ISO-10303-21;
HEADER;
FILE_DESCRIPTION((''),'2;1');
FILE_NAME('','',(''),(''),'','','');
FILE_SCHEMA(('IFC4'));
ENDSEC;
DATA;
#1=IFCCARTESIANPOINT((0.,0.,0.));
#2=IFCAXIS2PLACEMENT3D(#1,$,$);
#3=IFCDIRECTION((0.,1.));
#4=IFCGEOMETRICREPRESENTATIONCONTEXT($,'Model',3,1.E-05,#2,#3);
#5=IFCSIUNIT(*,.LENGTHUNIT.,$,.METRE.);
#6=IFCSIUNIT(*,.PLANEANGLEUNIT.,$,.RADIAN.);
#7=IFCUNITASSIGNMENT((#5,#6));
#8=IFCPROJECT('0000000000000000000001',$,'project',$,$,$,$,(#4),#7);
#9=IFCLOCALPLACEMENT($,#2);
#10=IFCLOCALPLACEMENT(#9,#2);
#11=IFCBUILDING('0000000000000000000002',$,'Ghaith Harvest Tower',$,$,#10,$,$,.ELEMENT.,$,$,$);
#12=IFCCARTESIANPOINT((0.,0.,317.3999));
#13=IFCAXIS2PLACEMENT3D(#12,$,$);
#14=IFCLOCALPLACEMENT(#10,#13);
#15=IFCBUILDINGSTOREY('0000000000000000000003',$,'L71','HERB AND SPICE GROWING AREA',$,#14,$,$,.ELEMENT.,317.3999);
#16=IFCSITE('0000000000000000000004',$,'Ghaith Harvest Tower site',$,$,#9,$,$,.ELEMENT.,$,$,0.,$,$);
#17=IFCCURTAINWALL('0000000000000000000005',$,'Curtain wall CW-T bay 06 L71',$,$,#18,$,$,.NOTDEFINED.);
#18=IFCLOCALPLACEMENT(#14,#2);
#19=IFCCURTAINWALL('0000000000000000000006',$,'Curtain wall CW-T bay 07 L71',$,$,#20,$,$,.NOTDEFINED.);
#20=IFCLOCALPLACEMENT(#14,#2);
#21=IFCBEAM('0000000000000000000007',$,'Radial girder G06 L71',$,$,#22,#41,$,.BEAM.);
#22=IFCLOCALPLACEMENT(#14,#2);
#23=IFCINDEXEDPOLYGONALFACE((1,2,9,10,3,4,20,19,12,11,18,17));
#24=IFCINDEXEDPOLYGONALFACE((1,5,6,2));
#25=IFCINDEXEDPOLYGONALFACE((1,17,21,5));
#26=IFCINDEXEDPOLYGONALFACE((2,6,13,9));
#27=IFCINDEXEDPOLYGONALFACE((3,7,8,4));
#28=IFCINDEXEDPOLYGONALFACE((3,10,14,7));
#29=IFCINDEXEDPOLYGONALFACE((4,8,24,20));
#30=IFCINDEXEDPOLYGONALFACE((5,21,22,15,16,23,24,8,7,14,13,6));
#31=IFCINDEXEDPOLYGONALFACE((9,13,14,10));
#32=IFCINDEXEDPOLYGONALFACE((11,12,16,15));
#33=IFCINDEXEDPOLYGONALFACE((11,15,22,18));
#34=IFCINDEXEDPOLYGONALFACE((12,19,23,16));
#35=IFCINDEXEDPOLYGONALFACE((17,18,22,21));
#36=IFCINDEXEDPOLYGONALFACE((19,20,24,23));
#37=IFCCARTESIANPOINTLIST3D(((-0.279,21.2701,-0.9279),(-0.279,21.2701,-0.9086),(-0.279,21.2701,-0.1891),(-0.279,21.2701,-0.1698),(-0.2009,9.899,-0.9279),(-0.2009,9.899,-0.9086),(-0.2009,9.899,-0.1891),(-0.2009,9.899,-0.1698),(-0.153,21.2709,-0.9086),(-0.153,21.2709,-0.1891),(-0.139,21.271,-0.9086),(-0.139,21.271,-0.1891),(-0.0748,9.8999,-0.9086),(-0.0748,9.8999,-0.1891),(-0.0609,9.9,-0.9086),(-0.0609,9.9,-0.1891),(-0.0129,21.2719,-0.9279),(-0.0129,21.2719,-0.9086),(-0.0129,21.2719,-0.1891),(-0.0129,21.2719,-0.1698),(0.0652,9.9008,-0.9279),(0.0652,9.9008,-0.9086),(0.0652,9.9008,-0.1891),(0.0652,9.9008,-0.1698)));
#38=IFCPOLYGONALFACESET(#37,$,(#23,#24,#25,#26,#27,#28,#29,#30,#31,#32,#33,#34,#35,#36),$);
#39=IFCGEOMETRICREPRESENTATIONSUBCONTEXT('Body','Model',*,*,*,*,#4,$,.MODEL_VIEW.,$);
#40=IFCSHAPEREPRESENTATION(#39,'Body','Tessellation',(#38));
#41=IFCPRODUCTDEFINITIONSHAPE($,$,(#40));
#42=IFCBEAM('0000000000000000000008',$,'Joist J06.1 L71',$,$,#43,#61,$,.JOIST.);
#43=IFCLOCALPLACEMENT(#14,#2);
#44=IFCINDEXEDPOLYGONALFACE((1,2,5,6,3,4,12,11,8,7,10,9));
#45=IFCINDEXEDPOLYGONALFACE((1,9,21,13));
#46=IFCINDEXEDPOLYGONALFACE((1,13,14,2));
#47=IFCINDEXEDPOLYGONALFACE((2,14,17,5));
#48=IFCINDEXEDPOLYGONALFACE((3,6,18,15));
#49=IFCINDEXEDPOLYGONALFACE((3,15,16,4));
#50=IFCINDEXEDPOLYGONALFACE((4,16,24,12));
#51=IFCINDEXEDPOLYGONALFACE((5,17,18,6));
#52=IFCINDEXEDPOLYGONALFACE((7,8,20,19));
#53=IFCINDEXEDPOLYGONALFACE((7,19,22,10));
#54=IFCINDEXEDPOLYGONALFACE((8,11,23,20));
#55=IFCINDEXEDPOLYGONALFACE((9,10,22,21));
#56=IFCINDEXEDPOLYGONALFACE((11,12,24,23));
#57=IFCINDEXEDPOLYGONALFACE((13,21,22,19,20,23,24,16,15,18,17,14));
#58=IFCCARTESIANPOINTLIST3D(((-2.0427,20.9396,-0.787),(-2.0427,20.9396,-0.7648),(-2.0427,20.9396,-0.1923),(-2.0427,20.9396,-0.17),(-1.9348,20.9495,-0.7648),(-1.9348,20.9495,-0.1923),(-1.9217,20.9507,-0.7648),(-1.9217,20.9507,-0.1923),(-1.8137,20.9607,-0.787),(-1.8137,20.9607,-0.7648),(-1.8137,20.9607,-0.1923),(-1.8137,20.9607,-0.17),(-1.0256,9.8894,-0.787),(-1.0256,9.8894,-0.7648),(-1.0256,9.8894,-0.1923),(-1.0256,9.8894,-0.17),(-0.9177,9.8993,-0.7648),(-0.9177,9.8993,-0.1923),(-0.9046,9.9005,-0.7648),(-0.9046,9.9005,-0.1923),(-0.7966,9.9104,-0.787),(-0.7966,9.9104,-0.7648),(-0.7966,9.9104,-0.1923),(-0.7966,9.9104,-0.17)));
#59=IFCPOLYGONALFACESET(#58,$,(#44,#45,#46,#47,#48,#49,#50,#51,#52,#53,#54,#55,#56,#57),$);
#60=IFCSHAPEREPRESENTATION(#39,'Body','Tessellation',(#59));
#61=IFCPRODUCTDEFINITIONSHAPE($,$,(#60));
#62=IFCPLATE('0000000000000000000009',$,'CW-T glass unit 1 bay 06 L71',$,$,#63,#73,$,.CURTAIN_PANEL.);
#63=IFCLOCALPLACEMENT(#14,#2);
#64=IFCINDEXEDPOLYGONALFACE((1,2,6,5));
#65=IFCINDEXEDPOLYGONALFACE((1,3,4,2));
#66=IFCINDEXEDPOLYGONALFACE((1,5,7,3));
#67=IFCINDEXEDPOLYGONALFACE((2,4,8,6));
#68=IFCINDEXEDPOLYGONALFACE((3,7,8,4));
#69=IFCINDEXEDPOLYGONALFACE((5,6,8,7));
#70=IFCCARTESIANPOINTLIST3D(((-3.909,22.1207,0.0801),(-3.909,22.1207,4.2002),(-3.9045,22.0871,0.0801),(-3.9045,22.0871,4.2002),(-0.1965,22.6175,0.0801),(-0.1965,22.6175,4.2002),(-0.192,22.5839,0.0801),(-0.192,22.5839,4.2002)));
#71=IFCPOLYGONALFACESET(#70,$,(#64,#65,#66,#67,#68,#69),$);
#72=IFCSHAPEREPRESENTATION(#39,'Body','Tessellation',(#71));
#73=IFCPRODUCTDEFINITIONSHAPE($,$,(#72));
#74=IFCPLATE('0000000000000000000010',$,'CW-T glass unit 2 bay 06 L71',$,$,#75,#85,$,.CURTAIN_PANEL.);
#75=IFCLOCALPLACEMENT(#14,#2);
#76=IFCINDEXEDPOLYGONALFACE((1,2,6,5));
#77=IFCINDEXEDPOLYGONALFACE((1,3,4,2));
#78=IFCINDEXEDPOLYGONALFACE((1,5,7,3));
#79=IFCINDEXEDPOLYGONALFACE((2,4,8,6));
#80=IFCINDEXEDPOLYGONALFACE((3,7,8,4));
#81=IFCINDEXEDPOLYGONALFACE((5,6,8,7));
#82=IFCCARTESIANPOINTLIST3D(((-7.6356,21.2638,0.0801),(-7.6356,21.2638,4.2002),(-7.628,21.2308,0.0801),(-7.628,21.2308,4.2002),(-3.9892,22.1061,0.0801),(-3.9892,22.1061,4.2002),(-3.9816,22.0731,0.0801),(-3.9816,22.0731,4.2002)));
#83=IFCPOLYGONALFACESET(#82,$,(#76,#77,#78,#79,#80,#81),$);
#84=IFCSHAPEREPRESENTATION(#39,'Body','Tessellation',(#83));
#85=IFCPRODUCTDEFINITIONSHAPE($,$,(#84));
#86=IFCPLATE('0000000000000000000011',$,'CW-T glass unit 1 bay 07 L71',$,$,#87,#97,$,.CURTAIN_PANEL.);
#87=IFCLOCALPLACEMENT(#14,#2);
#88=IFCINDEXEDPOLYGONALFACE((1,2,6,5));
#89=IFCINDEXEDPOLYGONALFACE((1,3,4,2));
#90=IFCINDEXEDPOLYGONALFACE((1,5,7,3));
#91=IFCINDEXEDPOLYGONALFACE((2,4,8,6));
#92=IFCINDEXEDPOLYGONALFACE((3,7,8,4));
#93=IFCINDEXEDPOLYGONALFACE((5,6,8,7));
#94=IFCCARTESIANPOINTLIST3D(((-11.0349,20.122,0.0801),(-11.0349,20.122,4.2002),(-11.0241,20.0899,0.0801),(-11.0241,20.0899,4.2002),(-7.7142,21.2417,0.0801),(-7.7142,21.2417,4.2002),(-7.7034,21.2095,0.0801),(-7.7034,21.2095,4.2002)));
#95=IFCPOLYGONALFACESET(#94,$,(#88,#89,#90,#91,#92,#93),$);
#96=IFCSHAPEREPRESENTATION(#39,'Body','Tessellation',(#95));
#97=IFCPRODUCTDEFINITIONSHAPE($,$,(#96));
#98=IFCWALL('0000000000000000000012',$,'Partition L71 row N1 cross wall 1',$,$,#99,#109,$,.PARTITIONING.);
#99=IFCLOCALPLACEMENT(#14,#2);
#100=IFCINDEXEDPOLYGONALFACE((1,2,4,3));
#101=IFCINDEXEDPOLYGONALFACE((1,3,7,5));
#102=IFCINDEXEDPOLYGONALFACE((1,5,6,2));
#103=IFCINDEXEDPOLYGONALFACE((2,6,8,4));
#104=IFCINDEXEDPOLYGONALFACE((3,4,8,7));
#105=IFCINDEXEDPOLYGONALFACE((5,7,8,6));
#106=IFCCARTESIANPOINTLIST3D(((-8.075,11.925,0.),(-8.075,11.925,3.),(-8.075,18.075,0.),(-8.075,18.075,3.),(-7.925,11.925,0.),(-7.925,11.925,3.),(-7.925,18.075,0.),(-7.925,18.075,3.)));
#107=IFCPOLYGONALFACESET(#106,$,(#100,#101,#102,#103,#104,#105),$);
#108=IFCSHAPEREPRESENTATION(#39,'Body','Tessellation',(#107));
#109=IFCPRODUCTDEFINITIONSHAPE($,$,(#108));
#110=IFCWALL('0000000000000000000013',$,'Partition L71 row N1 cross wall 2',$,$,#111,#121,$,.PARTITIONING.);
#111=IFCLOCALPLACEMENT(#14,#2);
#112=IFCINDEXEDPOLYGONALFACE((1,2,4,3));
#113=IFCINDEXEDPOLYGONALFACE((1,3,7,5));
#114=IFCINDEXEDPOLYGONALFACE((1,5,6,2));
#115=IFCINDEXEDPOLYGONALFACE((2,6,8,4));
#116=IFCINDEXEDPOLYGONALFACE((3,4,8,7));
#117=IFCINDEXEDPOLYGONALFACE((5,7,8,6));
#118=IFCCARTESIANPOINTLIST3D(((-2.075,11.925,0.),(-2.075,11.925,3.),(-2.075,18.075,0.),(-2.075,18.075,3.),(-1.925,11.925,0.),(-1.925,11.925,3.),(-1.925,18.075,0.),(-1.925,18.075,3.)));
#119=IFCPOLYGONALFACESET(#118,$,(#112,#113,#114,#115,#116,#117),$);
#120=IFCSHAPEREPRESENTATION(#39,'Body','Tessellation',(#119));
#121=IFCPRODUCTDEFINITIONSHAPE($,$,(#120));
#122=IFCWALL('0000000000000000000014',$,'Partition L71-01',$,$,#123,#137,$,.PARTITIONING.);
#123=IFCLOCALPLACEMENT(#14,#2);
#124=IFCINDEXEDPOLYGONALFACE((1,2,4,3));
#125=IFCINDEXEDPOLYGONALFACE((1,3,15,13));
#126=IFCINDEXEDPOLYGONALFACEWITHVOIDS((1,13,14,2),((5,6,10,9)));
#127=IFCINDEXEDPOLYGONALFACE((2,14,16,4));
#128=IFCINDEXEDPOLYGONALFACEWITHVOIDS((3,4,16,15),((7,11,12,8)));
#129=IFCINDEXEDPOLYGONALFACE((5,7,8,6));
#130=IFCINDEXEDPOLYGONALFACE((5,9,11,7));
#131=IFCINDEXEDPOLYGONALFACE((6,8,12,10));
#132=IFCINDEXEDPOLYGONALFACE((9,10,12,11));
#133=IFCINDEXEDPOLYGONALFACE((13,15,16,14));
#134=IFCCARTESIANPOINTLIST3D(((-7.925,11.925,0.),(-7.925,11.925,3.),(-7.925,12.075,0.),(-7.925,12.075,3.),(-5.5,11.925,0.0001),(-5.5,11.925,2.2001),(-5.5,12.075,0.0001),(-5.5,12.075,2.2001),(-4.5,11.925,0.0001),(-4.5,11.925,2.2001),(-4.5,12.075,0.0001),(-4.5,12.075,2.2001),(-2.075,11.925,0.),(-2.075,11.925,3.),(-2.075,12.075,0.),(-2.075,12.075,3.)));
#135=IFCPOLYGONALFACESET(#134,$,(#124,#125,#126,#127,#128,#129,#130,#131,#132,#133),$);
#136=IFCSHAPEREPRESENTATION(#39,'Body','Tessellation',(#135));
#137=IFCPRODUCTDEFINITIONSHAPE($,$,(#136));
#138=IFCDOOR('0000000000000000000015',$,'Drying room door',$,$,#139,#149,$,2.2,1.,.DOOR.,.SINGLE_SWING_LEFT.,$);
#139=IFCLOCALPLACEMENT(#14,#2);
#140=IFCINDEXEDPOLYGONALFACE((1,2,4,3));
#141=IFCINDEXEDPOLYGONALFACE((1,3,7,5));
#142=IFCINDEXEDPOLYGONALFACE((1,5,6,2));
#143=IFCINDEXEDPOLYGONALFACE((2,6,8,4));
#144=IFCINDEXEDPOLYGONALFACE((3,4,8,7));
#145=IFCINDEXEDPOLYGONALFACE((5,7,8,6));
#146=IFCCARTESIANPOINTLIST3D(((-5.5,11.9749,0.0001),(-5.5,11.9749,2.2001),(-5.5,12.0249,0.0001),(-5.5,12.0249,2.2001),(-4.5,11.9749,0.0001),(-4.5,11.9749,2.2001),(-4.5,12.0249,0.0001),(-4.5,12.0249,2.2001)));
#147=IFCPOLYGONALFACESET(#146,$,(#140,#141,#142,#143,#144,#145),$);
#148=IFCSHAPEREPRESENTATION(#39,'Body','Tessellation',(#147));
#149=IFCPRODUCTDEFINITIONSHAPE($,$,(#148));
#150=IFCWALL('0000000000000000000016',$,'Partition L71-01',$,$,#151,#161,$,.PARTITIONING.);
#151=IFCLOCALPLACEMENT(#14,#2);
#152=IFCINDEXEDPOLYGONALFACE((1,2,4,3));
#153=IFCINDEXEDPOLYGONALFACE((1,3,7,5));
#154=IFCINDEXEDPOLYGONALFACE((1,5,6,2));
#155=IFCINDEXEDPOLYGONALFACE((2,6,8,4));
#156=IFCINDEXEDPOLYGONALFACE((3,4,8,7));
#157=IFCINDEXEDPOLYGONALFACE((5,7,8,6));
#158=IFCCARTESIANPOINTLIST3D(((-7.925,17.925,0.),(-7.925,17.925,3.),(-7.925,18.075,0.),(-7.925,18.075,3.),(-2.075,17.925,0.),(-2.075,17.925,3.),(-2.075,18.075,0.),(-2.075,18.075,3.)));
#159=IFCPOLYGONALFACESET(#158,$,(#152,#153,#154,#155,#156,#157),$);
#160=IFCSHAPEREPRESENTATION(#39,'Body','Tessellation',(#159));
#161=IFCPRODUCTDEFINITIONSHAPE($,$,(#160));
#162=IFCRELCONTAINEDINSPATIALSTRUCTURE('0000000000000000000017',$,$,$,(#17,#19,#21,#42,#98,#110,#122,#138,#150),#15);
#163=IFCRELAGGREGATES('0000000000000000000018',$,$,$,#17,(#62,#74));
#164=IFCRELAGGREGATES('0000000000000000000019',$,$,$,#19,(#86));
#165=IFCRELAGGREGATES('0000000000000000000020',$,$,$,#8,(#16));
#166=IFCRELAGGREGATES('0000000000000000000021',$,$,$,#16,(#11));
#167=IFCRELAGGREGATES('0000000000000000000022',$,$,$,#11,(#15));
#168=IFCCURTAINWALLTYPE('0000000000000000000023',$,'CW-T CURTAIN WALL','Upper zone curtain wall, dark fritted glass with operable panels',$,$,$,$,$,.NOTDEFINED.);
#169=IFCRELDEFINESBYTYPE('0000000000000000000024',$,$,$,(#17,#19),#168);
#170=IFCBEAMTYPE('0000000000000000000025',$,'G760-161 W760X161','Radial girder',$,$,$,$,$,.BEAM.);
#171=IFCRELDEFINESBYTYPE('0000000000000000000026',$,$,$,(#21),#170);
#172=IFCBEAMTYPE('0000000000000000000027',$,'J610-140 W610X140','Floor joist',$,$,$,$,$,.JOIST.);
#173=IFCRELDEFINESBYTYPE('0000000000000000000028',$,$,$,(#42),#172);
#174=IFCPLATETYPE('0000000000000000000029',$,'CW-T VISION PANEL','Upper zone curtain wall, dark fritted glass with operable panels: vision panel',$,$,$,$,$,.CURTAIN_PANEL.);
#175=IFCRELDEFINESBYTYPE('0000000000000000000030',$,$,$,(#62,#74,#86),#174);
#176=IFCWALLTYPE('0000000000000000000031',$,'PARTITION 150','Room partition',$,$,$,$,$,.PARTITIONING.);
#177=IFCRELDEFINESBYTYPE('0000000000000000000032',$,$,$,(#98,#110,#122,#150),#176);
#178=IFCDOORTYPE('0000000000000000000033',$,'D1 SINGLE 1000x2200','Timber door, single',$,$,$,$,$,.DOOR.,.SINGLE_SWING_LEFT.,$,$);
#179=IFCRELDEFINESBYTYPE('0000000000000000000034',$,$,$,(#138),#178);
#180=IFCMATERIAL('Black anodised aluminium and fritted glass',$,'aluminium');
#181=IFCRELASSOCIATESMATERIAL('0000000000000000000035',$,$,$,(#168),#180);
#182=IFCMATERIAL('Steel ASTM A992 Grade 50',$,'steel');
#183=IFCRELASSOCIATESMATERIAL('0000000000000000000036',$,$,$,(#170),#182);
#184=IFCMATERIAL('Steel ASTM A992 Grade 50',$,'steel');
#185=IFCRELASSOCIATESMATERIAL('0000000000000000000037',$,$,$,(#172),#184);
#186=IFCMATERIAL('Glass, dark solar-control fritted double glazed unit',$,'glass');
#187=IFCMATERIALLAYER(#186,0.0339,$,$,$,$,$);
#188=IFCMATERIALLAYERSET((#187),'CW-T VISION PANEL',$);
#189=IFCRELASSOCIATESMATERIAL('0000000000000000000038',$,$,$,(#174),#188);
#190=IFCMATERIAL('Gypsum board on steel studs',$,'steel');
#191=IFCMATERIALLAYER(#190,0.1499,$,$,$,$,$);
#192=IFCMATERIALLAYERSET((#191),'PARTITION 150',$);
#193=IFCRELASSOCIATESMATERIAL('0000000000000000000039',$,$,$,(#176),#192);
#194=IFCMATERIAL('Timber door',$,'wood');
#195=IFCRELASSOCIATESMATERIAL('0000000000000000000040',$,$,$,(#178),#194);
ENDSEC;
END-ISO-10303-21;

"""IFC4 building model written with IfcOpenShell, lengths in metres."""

from ifc_helpers import new_model, si_unit, direction, frame, frame_2d, origin, origin_2d, place, context, subcontext, project, spatial, rectangle, i_section, extrude, material, layer, layer_set, material_profile, profile_set, type_object, element, fill, aggregate, save


model = new_model("IFC4")

# Units and contexts
model_context = context("Model", 3, precision=1e-05, world=origin(), true_north=direction((0.0, 1.0)))
body_context = subcontext(model_context, "Body", "Model", "MODEL_VIEW")
ifc_project = project(units=[si_unit("LENGTHUNIT", "METRE"), si_unit("PLANEANGLEUNIT", "RADIAN")], contexts=[model_context])

# Site, building, storey
site_placement = place(None, origin())
site = spatial("IfcSite", under=ifc_project, at=site_placement, Name="Ghaith Harvest Tower site", CompositionType="ELEMENT", RefElevation=0.0)
building_placement = place(site_placement, origin())
building = spatial("IfcBuilding", under=site, at=building_placement, Name="Ghaith Harvest Tower", CompositionType="ELEMENT")
storey_placement = place(building_placement, frame((0.0, 0.0, 317.3999)))
storey = spatial("IfcBuildingStorey", under=building, at=storey_placement, Name="L71", Description="HERB AND SPICE GROWING AREA", CompositionType="ELEMENT", Elevation=317.3999)

# Curtain walls
ifc_material_1 = material(Name="Black anodised aluminium and fritted glass", Category="aluminium")
curtain_wall_type = type_object("IfcCurtainWallType", Name="CW-T CURTAIN WALL", Description="Upper zone curtain wall, dark fritted glass with operable panels", PredefinedType="NOTDEFINED", material=ifc_material_1)
curtain_wall_1_placement = place(storey_placement, origin())
curtain_wall_1 = element("IfcCurtainWall", 1, at=curtain_wall_1_placement, inside=storey, type_object=curtain_wall_type, Name="Curtain wall CW-T bay 06 L71", PredefinedType="NOTDEFINED")
curtain_wall_2_placement = place(storey_placement, origin())
curtain_wall_2 = element("IfcCurtainWall", 2, at=curtain_wall_2_placement, inside=storey, type_object=curtain_wall_type, Name="Curtain wall CW-T bay 07 L71", PredefinedType="NOTDEFINED")

# Beams
ifc_material_2 = material(Name="Steel ASTM A992 Grade 50", Category="steel")
ifc_material_profile_1 = material_profile(ifc_material_2, i_section(OverallWidth=0.2661, OverallDepth=0.7581, WebThickness=0.0139, FlangeThickness=0.0193, at=origin_2d()), Name="W760X161")
ifc_profile_set_1 = profile_set([ifc_material_profile_1], Name="Steel ASTM A992 Grade 50")
beam_type_1 = type_object("IfcBeamType", Name="G760-161 W760X161", Description="Radial girder", PredefinedType="BEAM", material=ifc_profile_set_1)
beam_1_placement = place(storey_placement, frame((-0.0679, 9.8999, -0.5488), z_axis=(-0.00687, 0.999976, 0.0), x_axis=(-0.999976, -0.00687, 0.0)))
element("IfcBeam", 3, at=beam_1_placement, inside=storey, type_object=beam_type_1, Name="Radial girder G06 L71", PredefinedType="BEAM", context=body_context, shape_type="SweptSolid", body=[
    extrude(i_section(OverallWidth=0.2661, OverallDepth=0.7581, WebThickness=0.0139, FlangeThickness=0.0193, at=origin_2d()), origin(), (0.0, 0.0, 1.0), 11.3713),
])
ifc_material_3 = material(Name="Steel ASTM A992 Grade 50", Category="steel")
ifc_material_profile_2 = material_profile(ifc_material_3, i_section(OverallWidth=0.23, OverallDepth=0.6169, WebThickness=0.0132, FlangeThickness=0.0222, at=origin_2d()), Name="W610X140")
ifc_profile_set_2 = profile_set([ifc_material_profile_2], Name="Steel ASTM A992 Grade 50")
beam_type_2 = type_object("IfcBeamType", Name="J610-140 W610X140", Description="Floor joist", PredefinedType="JOIST", material=ifc_profile_set_2)
beam_2_placement = place(storey_placement, frame((-0.9111, 9.8999, -0.4785), z_axis=(-0.091654, 0.995791, 0.0), x_axis=(-0.995791, -0.091654, 0.0)))
element("IfcBeam", 4, at=beam_2_placement, inside=storey, type_object=beam_type_2, Name="Joist J06.1 L71", PredefinedType="JOIST", context=body_context, shape_type="SweptSolid", body=[
    extrude(i_section(OverallWidth=0.23, OverallDepth=0.6169, WebThickness=0.0132, FlangeThickness=0.0222, at=origin_2d()), origin(), (0.0, 0.0, 1.0), 11.0969),
])

# Plates
ifc_material_4 = material(Name="Glass, dark solar-control fritted double glazed unit", Category="glass")
ifc_layer_1 = layer(ifc_material_4, 0.0339)
ifc_layer_set_1 = layer_set([ifc_layer_1], Name="CW-T VISION PANEL")
plate_type = type_object("IfcPlateType", Name="CW-T VISION PANEL", Description="Upper zone curtain wall, dark fritted glass with operable panels: vision panel", PredefinedType="CURTAIN_PANEL", material=ifc_layer_set_1)
plate_1_placement = place(storey_placement, frame((-2.0505, 22.3523, 0.0801), z_axis=(0.0, 0.0, 1.0), x_axis=(-0.991165, -0.132633, 0.0)))
plate_1 = element("IfcPlate", 5, at=plate_1_placement, type_object=plate_type, Name="CW-T glass unit 1 bay 06 L71", PredefinedType="CURTAIN_PANEL", context=body_context, shape_type="SweptSolid", body=[
    extrude(rectangle(XDim=3.7456, YDim=0.0339, at=origin_2d()), origin(), (0.0, 0.0, 1.0), 4.1201),
])
plate_2_placement = place(storey_placement, frame((-5.8086, 21.6685, 0.0801), z_axis=(0.0, 0.0, 1.0), x_axis=(-0.974342, -0.225072, 0.0)))
plate_2 = element("IfcPlate", 6, at=plate_2_placement, type_object=plate_type, Name="CW-T glass unit 2 bay 06 L71", PredefinedType="CURTAIN_PANEL", context=body_context, shape_type="SweptSolid", body=[
    extrude(rectangle(XDim=3.7424, YDim=0.0339, at=origin_2d()), origin(), (0.0, 0.0, 1.0), 4.1201),
])
aggregate(curtain_wall_1, [plate_1, plate_2])
plate_3_placement = place(storey_placement, frame((-9.3691, 20.6658, 0.0801), z_axis=(0.0, 0.0, 1.0), x_axis=(-0.947586, -0.3195, 0.0)))
plate_3 = element("IfcPlate", 7, at=plate_3_placement, type_object=plate_type, Name="CW-T glass unit 1 bay 07 L71", PredefinedType="CURTAIN_PANEL", context=body_context, shape_type="SweptSolid", body=[
    extrude(rectangle(XDim=3.5044, YDim=0.0339, at=origin_2d()), origin(), (0.0, 0.0, 1.0), 4.1201),
])
aggregate(curtain_wall_2, [plate_3])

# Walls
ifc_material_5 = material(Name="Gypsum board on steel studs", Category="steel")
ifc_layer_2 = layer(ifc_material_5, 0.1499)
ifc_layer_set_2 = layer_set([ifc_layer_2], Name="PARTITION 150")
wall_type = type_object("IfcWallType", Name="PARTITION 150", Description="Room partition", PredefinedType="PARTITIONING", material=ifc_layer_set_2)
for number, where, z_axis, x_axis, name in (
    (8, (-8.0, 11.925, 0.0), (0.0, 0.0, 1.0), (0.0, 1.0, 0.0), "Partition L71 row N1 cross wall 1"),
    (9, (-2.0, 11.925, 0.0), (0.0, 0.0, 1.0), (0.0, 1.0, 0.0), "Partition L71 row N1 cross wall 2"),
):
    element("IfcWall", number, at=place(storey_placement, frame(where, z_axis=z_axis, x_axis=x_axis)), inside=storey, type_object=wall_type, Name=name, PredefinedType="PARTITIONING", context=body_context, shape_type="SweptSolid", body=[
        extrude(rectangle(XDim=6.1499, YDim=0.1499, at=frame_2d((3.075, 0.0))), origin(), (0.0, 0.0, 1.0), 3.0),
    ])

# Wall, opening, door
wall_1_placement = place(storey_placement, frame((-7.925, 12.0, 0.0), z_axis=(0.0, 0.0, 1.0), x_axis=(1.0, 0.0, 0.0)))
wall_1 = element("IfcWall", 10, at=wall_1_placement, inside=storey, type_object=wall_type, Name="Partition L71-01", PredefinedType="PARTITIONING", context=body_context, shape_type="SweptSolid", body=[
    extrude(rectangle(XDim=5.8501, YDim=0.1499, at=frame_2d((2.925, 0.0))), origin(), (0.0, 0.0, 1.0), 3.0),
])
opening_1_placement = place(wall_1_placement, frame((2.425, 0.0, 0.0)))
opening_1 = element("IfcOpeningElement", 11, at=opening_1_placement, cuts=wall_1, PredefinedType="OPENING", context=body_context, shape_type="SweptSolid", body=[
    extrude(rectangle(XDim=1.0, YDim=2.2, at=frame_2d((0.5, 1.1001))), frame((0.0, 0.085, 0.0), z_axis=(0.0, -1.0, 0.0), x_axis=(1.0, 0.0, 0.0)), (0.0, 0.0, 1.0), 0.1699),
])
ifc_material_6 = material(Name="Timber door", Category="wood")
door_type_1 = type_object("IfcDoorType", Name="D1 SINGLE 1000x2200", Description="Timber door, single", OperationType="SINGLE_SWING_LEFT", PredefinedType="DOOR", material=ifc_material_6)
door_1_placement = place(opening_1_placement, origin())
door_1 = element("IfcDoor", 12, at=door_1_placement, inside=storey, type_object=door_type_1, Name="Drying room door", OperationType="SINGLE_SWING_LEFT", OverallHeight=2.2, OverallWidth=1.0, PredefinedType="DOOR", context=body_context, shape_type="SweptSolid", body=[
    extrude(rectangle(XDim=1.0, YDim=2.2, at=frame_2d((0.5, 1.1001))), frame((0.0, 0.0249, 0.0), z_axis=(0.0, -1.0, 0.0), x_axis=(1.0, 0.0, 0.0)), (0.0, 0.0, 1.0), 0.05),
])
fill(opening_1, door_1)

# Wall
wall_2_placement = place(storey_placement, frame((-7.925, 18.0, 0.0), z_axis=(0.0, 0.0, 1.0), x_axis=(1.0, 0.0, 0.0)))
element("IfcWall", 13, at=wall_2_placement, inside=storey, type_object=wall_type, Name="Partition L71-01", PredefinedType="PARTITIONING", context=body_context, shape_type="SweptSolid", body=[
    extrude(rectangle(XDim=5.8501, YDim=0.1499, at=frame_2d((2.925, 0.0))), origin(), (0.0, 0.0, 1.0), 3.0),
])

save(model, "model.ifc")
